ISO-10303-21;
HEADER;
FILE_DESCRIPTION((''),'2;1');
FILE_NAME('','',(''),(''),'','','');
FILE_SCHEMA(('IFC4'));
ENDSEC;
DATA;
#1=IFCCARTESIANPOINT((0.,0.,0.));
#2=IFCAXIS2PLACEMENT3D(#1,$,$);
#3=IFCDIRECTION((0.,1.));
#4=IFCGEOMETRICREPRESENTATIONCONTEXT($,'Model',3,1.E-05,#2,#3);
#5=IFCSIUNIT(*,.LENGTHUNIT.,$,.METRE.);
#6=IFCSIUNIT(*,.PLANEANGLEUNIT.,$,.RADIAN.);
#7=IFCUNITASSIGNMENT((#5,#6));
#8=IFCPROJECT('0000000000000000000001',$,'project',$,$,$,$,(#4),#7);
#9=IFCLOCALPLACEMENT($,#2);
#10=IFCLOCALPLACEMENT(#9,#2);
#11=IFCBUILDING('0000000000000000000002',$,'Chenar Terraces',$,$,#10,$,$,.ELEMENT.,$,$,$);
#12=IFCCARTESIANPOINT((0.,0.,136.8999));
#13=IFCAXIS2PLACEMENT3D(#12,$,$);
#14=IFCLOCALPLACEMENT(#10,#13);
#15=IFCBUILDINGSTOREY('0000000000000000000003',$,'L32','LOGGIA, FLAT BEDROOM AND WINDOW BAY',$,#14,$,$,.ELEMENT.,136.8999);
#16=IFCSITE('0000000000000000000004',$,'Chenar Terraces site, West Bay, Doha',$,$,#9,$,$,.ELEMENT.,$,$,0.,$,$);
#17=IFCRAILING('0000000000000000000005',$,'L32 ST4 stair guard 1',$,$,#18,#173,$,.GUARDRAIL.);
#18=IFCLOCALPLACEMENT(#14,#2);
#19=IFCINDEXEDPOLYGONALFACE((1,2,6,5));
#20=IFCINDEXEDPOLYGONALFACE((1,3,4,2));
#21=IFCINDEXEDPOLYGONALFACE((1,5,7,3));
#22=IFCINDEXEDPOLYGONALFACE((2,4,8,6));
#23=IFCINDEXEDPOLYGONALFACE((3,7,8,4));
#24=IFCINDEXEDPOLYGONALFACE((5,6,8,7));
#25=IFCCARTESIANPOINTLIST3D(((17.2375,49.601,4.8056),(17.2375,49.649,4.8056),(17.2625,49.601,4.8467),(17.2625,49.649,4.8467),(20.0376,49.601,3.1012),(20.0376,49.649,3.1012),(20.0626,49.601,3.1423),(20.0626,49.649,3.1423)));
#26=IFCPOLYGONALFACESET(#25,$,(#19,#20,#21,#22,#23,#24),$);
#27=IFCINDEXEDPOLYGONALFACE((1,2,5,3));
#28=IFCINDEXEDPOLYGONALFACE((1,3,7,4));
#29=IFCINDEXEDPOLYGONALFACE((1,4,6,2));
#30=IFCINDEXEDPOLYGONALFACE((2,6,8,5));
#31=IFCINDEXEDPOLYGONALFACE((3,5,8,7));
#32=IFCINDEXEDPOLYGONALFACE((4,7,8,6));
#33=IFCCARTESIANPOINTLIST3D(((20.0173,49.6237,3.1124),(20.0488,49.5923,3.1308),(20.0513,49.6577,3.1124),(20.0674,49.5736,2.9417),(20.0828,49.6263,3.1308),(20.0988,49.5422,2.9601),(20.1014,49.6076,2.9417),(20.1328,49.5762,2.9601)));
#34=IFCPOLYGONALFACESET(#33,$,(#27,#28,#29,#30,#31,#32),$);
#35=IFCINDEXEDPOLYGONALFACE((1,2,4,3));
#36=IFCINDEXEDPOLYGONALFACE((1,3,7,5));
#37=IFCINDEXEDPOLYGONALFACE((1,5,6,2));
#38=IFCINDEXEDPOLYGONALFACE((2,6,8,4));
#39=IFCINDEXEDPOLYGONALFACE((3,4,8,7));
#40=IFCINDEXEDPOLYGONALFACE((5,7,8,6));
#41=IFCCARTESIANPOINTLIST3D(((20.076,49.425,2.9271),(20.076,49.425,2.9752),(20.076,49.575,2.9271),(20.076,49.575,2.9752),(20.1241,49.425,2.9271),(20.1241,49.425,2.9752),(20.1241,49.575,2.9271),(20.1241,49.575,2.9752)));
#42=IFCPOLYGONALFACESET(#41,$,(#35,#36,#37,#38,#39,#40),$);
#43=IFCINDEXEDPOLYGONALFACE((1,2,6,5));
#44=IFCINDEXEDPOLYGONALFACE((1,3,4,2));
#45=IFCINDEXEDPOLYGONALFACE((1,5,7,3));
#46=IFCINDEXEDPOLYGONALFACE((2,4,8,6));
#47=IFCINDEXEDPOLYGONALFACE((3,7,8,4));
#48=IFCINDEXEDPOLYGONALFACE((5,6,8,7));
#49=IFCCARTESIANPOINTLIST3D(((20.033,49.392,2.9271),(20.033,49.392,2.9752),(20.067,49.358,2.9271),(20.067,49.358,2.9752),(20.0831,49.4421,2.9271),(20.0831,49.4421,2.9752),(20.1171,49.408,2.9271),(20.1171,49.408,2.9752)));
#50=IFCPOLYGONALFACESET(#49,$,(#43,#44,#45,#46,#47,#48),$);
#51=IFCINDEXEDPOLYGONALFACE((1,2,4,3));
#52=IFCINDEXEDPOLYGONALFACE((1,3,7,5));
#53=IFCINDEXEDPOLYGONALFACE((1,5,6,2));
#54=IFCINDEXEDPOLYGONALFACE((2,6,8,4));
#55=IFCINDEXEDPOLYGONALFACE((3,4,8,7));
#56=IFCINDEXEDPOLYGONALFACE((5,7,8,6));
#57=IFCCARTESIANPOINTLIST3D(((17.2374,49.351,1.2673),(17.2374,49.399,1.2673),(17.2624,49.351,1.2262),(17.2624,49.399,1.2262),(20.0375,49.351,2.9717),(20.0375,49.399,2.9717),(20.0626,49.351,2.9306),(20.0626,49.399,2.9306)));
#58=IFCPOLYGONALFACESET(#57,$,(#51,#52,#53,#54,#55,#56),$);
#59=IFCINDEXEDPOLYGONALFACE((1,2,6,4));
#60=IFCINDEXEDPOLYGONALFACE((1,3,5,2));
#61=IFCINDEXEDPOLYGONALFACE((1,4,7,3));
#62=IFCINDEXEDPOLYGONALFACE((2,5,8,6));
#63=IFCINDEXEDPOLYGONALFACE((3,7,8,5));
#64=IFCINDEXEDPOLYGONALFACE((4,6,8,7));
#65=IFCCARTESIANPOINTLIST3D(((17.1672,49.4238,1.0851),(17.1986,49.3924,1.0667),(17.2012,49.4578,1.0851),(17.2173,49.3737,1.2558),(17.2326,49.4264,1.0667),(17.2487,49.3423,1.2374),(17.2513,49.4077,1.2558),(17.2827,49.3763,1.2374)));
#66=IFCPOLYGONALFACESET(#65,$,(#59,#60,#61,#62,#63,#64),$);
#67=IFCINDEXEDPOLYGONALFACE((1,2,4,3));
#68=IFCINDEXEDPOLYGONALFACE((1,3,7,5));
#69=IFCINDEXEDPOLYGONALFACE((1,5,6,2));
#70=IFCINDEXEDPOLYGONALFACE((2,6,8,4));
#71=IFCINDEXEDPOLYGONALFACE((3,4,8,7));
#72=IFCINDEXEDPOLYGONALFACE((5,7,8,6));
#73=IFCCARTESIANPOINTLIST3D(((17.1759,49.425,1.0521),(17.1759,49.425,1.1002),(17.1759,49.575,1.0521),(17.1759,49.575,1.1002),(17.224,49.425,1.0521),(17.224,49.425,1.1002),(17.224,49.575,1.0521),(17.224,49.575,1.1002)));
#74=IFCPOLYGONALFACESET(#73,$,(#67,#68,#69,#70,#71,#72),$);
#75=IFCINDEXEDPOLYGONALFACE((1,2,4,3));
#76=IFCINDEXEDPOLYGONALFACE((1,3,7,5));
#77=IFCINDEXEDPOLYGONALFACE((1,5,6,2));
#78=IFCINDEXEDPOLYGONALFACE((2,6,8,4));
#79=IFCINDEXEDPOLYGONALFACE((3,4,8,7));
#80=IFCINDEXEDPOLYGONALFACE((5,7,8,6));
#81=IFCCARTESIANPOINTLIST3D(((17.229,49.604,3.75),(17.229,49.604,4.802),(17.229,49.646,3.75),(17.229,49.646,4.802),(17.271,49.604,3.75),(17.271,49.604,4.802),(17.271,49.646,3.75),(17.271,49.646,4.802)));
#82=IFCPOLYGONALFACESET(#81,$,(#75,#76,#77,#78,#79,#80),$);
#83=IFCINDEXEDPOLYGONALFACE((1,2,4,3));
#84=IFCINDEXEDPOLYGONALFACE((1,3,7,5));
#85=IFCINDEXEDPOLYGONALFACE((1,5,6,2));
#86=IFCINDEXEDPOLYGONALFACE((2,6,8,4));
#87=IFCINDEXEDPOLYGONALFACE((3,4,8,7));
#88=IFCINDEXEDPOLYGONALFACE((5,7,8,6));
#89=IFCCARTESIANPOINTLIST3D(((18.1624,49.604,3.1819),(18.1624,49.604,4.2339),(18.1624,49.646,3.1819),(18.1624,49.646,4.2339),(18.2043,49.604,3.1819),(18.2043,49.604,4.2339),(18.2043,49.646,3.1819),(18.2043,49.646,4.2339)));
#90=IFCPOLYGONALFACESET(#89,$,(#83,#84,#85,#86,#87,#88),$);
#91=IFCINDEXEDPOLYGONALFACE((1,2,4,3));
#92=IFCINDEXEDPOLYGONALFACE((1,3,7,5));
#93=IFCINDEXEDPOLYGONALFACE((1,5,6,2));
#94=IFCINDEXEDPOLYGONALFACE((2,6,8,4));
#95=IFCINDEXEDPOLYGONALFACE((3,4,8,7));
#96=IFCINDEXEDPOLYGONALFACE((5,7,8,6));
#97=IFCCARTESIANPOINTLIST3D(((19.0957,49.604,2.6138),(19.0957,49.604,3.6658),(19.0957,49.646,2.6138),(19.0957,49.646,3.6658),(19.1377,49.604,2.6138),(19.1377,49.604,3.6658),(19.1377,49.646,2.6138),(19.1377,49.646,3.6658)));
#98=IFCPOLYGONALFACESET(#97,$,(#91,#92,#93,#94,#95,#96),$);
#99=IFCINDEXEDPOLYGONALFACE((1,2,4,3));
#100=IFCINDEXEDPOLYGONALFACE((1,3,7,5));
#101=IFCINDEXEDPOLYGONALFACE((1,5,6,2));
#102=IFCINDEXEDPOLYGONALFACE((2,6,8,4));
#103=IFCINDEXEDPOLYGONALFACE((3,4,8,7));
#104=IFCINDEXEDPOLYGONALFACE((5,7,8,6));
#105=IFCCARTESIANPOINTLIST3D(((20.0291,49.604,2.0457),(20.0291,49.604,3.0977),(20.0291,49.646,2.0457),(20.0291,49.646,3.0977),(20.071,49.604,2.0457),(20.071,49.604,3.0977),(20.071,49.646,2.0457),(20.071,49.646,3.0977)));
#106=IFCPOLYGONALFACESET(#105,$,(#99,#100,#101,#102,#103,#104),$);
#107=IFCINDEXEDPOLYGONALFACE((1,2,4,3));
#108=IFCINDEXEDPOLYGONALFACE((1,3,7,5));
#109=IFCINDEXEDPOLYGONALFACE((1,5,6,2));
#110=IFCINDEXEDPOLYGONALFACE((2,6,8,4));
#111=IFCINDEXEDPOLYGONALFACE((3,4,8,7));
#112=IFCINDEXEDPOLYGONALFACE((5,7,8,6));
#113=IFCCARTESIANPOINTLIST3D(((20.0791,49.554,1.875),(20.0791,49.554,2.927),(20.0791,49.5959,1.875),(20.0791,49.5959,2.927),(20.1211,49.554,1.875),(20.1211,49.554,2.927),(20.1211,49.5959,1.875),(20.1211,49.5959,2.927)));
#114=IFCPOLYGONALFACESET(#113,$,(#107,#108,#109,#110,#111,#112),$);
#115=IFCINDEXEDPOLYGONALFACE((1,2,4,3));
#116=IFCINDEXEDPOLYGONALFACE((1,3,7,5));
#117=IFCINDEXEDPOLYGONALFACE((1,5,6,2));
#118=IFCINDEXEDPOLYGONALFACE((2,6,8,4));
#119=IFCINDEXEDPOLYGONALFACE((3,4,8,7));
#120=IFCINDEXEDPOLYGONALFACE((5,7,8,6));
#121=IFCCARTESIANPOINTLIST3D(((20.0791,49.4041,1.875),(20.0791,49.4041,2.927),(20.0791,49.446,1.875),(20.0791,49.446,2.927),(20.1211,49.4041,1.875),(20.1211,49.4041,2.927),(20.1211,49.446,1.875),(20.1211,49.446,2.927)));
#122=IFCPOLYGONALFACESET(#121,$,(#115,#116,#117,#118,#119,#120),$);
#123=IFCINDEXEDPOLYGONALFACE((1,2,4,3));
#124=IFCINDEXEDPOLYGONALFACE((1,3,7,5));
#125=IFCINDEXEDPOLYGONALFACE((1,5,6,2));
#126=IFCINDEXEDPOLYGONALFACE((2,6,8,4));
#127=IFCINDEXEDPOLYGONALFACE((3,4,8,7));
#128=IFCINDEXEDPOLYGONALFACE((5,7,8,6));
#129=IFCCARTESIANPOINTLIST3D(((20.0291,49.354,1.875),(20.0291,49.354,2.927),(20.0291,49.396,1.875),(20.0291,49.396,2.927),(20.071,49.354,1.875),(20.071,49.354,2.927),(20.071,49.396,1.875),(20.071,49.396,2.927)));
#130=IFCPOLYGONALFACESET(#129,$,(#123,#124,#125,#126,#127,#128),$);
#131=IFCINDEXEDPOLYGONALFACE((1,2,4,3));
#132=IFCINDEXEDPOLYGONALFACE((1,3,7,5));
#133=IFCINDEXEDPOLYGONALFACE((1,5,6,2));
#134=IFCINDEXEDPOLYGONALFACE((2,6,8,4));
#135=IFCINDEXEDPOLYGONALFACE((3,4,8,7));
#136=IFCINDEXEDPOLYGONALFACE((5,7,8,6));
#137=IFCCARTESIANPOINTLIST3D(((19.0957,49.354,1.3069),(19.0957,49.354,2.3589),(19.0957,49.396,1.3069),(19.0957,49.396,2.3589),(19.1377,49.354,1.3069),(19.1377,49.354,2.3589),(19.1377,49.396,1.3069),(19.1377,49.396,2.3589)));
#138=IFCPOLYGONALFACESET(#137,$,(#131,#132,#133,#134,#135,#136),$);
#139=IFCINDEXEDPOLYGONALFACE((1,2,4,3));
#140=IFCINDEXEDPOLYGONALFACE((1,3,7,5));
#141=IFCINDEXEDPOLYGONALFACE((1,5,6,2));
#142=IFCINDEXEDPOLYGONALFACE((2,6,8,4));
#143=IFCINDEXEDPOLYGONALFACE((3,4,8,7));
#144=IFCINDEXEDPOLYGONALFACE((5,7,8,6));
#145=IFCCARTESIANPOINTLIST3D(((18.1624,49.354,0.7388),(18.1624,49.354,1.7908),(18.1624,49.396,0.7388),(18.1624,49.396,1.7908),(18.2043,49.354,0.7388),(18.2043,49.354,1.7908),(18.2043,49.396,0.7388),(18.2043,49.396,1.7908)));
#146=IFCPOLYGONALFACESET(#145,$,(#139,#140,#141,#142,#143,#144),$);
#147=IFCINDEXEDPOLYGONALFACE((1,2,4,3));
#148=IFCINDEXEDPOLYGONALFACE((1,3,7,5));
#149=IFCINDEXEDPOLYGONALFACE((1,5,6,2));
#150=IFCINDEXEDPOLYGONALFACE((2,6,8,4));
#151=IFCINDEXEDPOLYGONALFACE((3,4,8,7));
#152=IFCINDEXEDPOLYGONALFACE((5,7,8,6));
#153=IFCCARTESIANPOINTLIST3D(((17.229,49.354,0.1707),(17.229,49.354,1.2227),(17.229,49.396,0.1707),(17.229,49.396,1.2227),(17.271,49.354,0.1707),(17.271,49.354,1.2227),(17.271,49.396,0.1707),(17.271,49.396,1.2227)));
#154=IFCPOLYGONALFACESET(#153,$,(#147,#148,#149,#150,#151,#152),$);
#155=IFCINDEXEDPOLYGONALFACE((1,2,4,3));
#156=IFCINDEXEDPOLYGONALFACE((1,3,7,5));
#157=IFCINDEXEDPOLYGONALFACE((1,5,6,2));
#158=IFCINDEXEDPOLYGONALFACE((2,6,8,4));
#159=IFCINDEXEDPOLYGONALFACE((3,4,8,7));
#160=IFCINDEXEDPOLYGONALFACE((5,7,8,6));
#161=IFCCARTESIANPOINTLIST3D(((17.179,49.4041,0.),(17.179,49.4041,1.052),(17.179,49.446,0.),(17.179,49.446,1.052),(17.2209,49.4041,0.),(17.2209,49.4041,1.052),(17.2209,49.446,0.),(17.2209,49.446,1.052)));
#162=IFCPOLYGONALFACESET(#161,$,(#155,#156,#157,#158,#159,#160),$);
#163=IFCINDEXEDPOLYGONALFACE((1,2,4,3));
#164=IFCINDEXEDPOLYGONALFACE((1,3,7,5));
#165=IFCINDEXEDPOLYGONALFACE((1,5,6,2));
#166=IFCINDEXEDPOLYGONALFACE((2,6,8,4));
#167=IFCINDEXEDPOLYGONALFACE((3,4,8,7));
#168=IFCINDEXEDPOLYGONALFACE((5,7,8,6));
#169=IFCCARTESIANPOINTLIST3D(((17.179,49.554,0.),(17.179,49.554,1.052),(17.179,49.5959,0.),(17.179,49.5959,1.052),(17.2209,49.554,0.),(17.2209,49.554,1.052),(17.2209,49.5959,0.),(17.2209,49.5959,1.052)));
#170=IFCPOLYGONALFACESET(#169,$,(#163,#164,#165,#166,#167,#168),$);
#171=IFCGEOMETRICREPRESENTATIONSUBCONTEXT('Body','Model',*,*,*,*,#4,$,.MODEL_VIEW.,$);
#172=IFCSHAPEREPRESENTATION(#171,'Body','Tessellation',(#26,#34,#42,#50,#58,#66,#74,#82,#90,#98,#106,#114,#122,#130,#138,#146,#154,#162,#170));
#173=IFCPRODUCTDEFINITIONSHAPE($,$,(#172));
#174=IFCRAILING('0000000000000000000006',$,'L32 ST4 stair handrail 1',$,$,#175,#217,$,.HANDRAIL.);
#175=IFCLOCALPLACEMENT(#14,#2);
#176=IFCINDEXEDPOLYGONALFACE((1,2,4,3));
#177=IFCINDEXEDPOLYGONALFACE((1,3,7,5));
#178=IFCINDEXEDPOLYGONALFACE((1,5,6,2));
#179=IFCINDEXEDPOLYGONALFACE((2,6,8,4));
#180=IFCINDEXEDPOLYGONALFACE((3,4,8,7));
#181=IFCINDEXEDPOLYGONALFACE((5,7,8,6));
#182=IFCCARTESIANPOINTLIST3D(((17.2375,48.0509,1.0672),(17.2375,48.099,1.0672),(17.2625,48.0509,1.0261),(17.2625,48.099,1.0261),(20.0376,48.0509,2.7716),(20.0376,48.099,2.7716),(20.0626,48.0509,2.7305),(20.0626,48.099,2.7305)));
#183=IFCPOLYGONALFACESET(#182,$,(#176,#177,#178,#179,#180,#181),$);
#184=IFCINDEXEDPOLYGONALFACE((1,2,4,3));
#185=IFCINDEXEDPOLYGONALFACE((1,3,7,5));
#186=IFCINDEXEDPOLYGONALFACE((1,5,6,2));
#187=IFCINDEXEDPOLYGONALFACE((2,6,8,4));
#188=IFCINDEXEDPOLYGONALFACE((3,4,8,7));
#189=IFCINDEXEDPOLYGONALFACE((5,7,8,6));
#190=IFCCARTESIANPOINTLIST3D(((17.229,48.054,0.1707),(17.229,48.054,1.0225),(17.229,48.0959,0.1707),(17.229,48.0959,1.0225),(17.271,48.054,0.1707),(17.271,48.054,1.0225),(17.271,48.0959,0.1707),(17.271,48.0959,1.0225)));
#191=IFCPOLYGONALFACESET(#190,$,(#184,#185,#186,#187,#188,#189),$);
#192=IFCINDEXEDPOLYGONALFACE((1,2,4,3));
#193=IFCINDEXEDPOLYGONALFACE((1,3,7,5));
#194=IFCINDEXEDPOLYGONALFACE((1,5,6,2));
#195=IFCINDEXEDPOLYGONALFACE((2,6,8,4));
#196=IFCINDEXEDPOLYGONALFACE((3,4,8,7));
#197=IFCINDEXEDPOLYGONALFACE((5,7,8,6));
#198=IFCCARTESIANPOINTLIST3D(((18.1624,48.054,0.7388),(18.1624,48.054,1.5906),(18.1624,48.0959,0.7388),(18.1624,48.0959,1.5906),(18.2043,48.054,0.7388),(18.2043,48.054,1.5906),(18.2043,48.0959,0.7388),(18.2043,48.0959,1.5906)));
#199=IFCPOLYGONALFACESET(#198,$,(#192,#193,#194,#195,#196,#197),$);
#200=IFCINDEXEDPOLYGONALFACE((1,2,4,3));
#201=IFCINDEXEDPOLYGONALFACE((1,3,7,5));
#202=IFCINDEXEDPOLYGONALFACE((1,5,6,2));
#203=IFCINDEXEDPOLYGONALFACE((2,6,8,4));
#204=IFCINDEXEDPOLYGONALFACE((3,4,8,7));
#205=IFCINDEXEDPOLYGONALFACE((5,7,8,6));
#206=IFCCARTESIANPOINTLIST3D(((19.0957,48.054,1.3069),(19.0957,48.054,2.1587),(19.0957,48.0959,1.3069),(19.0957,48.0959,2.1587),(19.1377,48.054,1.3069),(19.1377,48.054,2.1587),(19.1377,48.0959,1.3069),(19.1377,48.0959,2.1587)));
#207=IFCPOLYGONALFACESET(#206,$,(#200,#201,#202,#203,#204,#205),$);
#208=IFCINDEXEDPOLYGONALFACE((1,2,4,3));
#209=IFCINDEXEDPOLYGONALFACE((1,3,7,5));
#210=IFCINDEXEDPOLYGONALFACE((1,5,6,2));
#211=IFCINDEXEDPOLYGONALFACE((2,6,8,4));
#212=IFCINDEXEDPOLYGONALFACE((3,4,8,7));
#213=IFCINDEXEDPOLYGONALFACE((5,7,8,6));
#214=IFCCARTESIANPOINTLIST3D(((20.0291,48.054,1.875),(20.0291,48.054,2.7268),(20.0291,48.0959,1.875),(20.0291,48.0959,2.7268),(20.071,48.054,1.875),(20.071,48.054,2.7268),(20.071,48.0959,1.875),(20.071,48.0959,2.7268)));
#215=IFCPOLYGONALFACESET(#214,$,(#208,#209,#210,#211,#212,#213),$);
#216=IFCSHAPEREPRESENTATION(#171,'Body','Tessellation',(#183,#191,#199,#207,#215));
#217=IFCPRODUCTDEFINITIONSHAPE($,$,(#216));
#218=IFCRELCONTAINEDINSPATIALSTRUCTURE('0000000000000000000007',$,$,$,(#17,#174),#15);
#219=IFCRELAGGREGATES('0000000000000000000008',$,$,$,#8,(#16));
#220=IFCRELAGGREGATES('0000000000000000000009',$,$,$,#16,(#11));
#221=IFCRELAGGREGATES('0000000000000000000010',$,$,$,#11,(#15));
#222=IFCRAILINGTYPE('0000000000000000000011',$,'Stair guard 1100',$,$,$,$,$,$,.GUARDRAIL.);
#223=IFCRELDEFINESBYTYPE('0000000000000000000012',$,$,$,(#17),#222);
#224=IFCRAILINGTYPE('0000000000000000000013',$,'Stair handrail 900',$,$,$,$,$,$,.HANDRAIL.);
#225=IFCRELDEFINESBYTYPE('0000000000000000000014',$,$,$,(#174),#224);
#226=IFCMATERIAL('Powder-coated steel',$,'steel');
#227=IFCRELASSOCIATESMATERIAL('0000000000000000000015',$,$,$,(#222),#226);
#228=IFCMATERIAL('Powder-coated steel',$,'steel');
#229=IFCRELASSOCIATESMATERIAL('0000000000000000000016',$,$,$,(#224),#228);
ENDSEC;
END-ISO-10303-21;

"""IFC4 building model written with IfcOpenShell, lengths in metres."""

from ifc_helpers import new_model, si_unit, direction, frame, origin, origin_2d, place, context, subcontext, project, spatial, rectangle, extrude, material, type_object, element, save


model = new_model("IFC4")

# Units and contexts
model_context = context("Model", 3, precision=1e-05, world=origin(), true_north=direction((0.0, 1.0)))
body_context = subcontext(model_context, "Body", "Model", "MODEL_VIEW")
ifc_project = project(units=[si_unit("LENGTHUNIT", "METRE"), si_unit("PLANEANGLEUNIT", "RADIAN")], contexts=[model_context])

# Site, building, storey
site_placement = place(None, origin())
site = spatial("IfcSite", under=ifc_project, at=site_placement, Name="Chenar Terraces site, West Bay, Doha", CompositionType="ELEMENT", RefElevation=0.0)
building_placement = place(site_placement, origin())
building = spatial("IfcBuilding", under=site, at=building_placement, Name="Chenar Terraces", CompositionType="ELEMENT")
storey_placement = place(building_placement, frame((0.0, 0.0, 136.8999)))
storey = spatial("IfcBuildingStorey", under=building, at=storey_placement, Name="L32", Description="LOGGIA, FLAT BEDROOM AND WINDOW BAY", CompositionType="ELEMENT", Elevation=136.8999)

# Railings
ifc_material_1 = material(Name="Powder-coated steel", Category="steel")
railing_type_1 = type_object("IfcRailingType", Name="Stair guard 1100", PredefinedType="GUARDRAIL", material=ifc_material_1)
railing_1_placement = place(storey_placement, frame((17.25, 49.625, 3.75)))
element("IfcRailing", 1, at=railing_1_placement, inside=storey, type_object=railing_type_1, Name="L32 ST4 stair guard 1", PredefinedType="GUARDRAIL", context=body_context, shape_type="SweptSolid", body=[
    extrude(rectangle(XDim=0.0481, YDim=0.0481, at=origin_2d()), frame((0.0, 0.0, 1.0762), z_axis=(0.854203, 0.0, -0.51994), x_axis=(0.0, 1.0, 0.0)), (0.0, 0.0, 1.0), 3.2781),
    extrude(rectangle(XDim=0.0481, YDim=0.0481, at=origin_2d()), frame((2.8, 0.0, -0.6284), z_axis=(0.2709, -0.2709, -0.923703), x_axis=(0.707107, 0.707107, 0.0)), (0.0, 0.0, 1.0), 0.1848),
    extrude(rectangle(XDim=0.0481, YDim=0.0481, at=origin_2d()), frame((2.8501, -0.05, -0.7988), z_axis=(0.0, -1.0, 0.0), x_axis=(1.0, 0.0, 0.0)), (0.0, 0.0, 1.0), 0.1499),
    extrude(rectangle(XDim=0.0481, YDim=0.0481, at=origin_2d()), frame((2.8501, -0.2, -0.7988), z_axis=(-0.707107, -0.707107, 0.0), x_axis=(0.707107, -0.707107, 0.0)), (0.0, 0.0, 1.0), 0.0708),
    extrude(rectangle(XDim=0.0481, YDim=0.0481, at=origin_2d()), frame((2.8, -0.25, -0.7988), z_axis=(-0.854203, 0.0, -0.51994), x_axis=(0.0, -1.0, 0.0)), (0.0, 0.0, 1.0), 3.2781),
    extrude(rectangle(XDim=0.0481, YDim=0.0481, at=origin_2d()), frame((0.0, -0.25, -2.5034), z_axis=(-0.2709, 0.2709, -0.923703), x_axis=(-0.707107, -0.707107, 0.0)), (0.0, 0.0, 1.0), 0.1848),
    extrude(rectangle(XDim=0.0481, YDim=0.0481, at=origin_2d()), frame((-0.05, -0.2, -2.6738), z_axis=(0.0, 1.0, 0.0), x_axis=(-1.0, 0.0, 0.0)), (0.0, 0.0, 1.0), 0.1499),
    extrude(rectangle(XDim=0.042, YDim=0.042, at=origin_2d()), origin(), (0.0, 0.0, 1.0), 1.052),
    extrude(rectangle(XDim=0.042, YDim=0.042, at=origin_2d()), frame((0.9333, 0.0, -0.5681)), (0.0, 0.0, 1.0), 1.052),
    extrude(rectangle(XDim=0.042, YDim=0.042, at=origin_2d()), frame((1.8667, 0.0, -1.1362)), (0.0, 0.0, 1.0), 1.052),
    extrude(rectangle(XDim=0.042, YDim=0.042, at=origin_2d()), frame((2.8, 0.0, -1.7043)), (0.0, 0.0, 1.0), 1.052),
    extrude(rectangle(XDim=0.042, YDim=0.042, at=origin_2d()), frame((2.8501, -0.05, -1.875)), (0.0, 0.0, 1.0), 1.052),
    extrude(rectangle(XDim=0.042, YDim=0.042, at=origin_2d()), frame((2.8501, -0.2, -1.875)), (0.0, 0.0, 1.0), 1.052),
    extrude(rectangle(XDim=0.042, YDim=0.042, at=origin_2d()), frame((2.8, -0.25, -1.875)), (0.0, 0.0, 1.0), 1.052),
    extrude(rectangle(XDim=0.042, YDim=0.042, at=origin_2d()), frame((1.8667, -0.25, -2.4431)), (0.0, 0.0, 1.0), 1.052),
    extrude(rectangle(XDim=0.042, YDim=0.042, at=origin_2d()), frame((0.9333, -0.25, -3.0112)), (0.0, 0.0, 1.0), 1.052),
    extrude(rectangle(XDim=0.042, YDim=0.042, at=origin_2d()), frame((0.0, -0.25, -3.5793)), (0.0, 0.0, 1.0), 1.052),
    extrude(rectangle(XDim=0.042, YDim=0.042, at=origin_2d()), frame((-0.05, -0.2, -3.75)), (0.0, 0.0, 1.0), 1.052),
    extrude(rectangle(XDim=0.042, YDim=0.042, at=origin_2d()), frame((-0.05, -0.05, -3.75)), (0.0, 0.0, 1.0), 1.052),
])
ifc_material_2 = material(Name="Powder-coated steel", Category="steel")
railing_type_2 = type_object("IfcRailingType", Name="Stair handrail 900", PredefinedType="HANDRAIL", material=ifc_material_2)
railing_2_placement = place(storey_placement, frame((17.25, 48.075, 0.1707)))
element("IfcRailing", 2, at=railing_2_placement, inside=storey, type_object=railing_type_2, Name="L32 ST4 stair handrail 1", PredefinedType="HANDRAIL", context=body_context, shape_type="SweptSolid", body=[
    extrude(rectangle(XDim=0.0481, YDim=0.0481, at=origin_2d()), frame((0.0, 0.0, 0.876), z_axis=(0.854203, 0.0, 0.51994), x_axis=(0.0, 1.0, 0.0)), (0.0, 0.0, 1.0), 3.2781),
    extrude(rectangle(XDim=0.042, YDim=0.042, at=origin_2d()), origin(), (0.0, 0.0, 1.0), 0.8518),
    extrude(rectangle(XDim=0.042, YDim=0.042, at=origin_2d()), frame((0.9333, 0.0, 0.5681)), (0.0, 0.0, 1.0), 0.8518),
    extrude(rectangle(XDim=0.042, YDim=0.042, at=origin_2d()), frame((1.8667, 0.0, 1.1362)), (0.0, 0.0, 1.0), 0.8518),
    extrude(rectangle(XDim=0.042, YDim=0.042, at=origin_2d()), frame((2.8, 0.0, 1.7043)), (0.0, 0.0, 1.0), 0.8518),
])

save(model, "model.ifc")
